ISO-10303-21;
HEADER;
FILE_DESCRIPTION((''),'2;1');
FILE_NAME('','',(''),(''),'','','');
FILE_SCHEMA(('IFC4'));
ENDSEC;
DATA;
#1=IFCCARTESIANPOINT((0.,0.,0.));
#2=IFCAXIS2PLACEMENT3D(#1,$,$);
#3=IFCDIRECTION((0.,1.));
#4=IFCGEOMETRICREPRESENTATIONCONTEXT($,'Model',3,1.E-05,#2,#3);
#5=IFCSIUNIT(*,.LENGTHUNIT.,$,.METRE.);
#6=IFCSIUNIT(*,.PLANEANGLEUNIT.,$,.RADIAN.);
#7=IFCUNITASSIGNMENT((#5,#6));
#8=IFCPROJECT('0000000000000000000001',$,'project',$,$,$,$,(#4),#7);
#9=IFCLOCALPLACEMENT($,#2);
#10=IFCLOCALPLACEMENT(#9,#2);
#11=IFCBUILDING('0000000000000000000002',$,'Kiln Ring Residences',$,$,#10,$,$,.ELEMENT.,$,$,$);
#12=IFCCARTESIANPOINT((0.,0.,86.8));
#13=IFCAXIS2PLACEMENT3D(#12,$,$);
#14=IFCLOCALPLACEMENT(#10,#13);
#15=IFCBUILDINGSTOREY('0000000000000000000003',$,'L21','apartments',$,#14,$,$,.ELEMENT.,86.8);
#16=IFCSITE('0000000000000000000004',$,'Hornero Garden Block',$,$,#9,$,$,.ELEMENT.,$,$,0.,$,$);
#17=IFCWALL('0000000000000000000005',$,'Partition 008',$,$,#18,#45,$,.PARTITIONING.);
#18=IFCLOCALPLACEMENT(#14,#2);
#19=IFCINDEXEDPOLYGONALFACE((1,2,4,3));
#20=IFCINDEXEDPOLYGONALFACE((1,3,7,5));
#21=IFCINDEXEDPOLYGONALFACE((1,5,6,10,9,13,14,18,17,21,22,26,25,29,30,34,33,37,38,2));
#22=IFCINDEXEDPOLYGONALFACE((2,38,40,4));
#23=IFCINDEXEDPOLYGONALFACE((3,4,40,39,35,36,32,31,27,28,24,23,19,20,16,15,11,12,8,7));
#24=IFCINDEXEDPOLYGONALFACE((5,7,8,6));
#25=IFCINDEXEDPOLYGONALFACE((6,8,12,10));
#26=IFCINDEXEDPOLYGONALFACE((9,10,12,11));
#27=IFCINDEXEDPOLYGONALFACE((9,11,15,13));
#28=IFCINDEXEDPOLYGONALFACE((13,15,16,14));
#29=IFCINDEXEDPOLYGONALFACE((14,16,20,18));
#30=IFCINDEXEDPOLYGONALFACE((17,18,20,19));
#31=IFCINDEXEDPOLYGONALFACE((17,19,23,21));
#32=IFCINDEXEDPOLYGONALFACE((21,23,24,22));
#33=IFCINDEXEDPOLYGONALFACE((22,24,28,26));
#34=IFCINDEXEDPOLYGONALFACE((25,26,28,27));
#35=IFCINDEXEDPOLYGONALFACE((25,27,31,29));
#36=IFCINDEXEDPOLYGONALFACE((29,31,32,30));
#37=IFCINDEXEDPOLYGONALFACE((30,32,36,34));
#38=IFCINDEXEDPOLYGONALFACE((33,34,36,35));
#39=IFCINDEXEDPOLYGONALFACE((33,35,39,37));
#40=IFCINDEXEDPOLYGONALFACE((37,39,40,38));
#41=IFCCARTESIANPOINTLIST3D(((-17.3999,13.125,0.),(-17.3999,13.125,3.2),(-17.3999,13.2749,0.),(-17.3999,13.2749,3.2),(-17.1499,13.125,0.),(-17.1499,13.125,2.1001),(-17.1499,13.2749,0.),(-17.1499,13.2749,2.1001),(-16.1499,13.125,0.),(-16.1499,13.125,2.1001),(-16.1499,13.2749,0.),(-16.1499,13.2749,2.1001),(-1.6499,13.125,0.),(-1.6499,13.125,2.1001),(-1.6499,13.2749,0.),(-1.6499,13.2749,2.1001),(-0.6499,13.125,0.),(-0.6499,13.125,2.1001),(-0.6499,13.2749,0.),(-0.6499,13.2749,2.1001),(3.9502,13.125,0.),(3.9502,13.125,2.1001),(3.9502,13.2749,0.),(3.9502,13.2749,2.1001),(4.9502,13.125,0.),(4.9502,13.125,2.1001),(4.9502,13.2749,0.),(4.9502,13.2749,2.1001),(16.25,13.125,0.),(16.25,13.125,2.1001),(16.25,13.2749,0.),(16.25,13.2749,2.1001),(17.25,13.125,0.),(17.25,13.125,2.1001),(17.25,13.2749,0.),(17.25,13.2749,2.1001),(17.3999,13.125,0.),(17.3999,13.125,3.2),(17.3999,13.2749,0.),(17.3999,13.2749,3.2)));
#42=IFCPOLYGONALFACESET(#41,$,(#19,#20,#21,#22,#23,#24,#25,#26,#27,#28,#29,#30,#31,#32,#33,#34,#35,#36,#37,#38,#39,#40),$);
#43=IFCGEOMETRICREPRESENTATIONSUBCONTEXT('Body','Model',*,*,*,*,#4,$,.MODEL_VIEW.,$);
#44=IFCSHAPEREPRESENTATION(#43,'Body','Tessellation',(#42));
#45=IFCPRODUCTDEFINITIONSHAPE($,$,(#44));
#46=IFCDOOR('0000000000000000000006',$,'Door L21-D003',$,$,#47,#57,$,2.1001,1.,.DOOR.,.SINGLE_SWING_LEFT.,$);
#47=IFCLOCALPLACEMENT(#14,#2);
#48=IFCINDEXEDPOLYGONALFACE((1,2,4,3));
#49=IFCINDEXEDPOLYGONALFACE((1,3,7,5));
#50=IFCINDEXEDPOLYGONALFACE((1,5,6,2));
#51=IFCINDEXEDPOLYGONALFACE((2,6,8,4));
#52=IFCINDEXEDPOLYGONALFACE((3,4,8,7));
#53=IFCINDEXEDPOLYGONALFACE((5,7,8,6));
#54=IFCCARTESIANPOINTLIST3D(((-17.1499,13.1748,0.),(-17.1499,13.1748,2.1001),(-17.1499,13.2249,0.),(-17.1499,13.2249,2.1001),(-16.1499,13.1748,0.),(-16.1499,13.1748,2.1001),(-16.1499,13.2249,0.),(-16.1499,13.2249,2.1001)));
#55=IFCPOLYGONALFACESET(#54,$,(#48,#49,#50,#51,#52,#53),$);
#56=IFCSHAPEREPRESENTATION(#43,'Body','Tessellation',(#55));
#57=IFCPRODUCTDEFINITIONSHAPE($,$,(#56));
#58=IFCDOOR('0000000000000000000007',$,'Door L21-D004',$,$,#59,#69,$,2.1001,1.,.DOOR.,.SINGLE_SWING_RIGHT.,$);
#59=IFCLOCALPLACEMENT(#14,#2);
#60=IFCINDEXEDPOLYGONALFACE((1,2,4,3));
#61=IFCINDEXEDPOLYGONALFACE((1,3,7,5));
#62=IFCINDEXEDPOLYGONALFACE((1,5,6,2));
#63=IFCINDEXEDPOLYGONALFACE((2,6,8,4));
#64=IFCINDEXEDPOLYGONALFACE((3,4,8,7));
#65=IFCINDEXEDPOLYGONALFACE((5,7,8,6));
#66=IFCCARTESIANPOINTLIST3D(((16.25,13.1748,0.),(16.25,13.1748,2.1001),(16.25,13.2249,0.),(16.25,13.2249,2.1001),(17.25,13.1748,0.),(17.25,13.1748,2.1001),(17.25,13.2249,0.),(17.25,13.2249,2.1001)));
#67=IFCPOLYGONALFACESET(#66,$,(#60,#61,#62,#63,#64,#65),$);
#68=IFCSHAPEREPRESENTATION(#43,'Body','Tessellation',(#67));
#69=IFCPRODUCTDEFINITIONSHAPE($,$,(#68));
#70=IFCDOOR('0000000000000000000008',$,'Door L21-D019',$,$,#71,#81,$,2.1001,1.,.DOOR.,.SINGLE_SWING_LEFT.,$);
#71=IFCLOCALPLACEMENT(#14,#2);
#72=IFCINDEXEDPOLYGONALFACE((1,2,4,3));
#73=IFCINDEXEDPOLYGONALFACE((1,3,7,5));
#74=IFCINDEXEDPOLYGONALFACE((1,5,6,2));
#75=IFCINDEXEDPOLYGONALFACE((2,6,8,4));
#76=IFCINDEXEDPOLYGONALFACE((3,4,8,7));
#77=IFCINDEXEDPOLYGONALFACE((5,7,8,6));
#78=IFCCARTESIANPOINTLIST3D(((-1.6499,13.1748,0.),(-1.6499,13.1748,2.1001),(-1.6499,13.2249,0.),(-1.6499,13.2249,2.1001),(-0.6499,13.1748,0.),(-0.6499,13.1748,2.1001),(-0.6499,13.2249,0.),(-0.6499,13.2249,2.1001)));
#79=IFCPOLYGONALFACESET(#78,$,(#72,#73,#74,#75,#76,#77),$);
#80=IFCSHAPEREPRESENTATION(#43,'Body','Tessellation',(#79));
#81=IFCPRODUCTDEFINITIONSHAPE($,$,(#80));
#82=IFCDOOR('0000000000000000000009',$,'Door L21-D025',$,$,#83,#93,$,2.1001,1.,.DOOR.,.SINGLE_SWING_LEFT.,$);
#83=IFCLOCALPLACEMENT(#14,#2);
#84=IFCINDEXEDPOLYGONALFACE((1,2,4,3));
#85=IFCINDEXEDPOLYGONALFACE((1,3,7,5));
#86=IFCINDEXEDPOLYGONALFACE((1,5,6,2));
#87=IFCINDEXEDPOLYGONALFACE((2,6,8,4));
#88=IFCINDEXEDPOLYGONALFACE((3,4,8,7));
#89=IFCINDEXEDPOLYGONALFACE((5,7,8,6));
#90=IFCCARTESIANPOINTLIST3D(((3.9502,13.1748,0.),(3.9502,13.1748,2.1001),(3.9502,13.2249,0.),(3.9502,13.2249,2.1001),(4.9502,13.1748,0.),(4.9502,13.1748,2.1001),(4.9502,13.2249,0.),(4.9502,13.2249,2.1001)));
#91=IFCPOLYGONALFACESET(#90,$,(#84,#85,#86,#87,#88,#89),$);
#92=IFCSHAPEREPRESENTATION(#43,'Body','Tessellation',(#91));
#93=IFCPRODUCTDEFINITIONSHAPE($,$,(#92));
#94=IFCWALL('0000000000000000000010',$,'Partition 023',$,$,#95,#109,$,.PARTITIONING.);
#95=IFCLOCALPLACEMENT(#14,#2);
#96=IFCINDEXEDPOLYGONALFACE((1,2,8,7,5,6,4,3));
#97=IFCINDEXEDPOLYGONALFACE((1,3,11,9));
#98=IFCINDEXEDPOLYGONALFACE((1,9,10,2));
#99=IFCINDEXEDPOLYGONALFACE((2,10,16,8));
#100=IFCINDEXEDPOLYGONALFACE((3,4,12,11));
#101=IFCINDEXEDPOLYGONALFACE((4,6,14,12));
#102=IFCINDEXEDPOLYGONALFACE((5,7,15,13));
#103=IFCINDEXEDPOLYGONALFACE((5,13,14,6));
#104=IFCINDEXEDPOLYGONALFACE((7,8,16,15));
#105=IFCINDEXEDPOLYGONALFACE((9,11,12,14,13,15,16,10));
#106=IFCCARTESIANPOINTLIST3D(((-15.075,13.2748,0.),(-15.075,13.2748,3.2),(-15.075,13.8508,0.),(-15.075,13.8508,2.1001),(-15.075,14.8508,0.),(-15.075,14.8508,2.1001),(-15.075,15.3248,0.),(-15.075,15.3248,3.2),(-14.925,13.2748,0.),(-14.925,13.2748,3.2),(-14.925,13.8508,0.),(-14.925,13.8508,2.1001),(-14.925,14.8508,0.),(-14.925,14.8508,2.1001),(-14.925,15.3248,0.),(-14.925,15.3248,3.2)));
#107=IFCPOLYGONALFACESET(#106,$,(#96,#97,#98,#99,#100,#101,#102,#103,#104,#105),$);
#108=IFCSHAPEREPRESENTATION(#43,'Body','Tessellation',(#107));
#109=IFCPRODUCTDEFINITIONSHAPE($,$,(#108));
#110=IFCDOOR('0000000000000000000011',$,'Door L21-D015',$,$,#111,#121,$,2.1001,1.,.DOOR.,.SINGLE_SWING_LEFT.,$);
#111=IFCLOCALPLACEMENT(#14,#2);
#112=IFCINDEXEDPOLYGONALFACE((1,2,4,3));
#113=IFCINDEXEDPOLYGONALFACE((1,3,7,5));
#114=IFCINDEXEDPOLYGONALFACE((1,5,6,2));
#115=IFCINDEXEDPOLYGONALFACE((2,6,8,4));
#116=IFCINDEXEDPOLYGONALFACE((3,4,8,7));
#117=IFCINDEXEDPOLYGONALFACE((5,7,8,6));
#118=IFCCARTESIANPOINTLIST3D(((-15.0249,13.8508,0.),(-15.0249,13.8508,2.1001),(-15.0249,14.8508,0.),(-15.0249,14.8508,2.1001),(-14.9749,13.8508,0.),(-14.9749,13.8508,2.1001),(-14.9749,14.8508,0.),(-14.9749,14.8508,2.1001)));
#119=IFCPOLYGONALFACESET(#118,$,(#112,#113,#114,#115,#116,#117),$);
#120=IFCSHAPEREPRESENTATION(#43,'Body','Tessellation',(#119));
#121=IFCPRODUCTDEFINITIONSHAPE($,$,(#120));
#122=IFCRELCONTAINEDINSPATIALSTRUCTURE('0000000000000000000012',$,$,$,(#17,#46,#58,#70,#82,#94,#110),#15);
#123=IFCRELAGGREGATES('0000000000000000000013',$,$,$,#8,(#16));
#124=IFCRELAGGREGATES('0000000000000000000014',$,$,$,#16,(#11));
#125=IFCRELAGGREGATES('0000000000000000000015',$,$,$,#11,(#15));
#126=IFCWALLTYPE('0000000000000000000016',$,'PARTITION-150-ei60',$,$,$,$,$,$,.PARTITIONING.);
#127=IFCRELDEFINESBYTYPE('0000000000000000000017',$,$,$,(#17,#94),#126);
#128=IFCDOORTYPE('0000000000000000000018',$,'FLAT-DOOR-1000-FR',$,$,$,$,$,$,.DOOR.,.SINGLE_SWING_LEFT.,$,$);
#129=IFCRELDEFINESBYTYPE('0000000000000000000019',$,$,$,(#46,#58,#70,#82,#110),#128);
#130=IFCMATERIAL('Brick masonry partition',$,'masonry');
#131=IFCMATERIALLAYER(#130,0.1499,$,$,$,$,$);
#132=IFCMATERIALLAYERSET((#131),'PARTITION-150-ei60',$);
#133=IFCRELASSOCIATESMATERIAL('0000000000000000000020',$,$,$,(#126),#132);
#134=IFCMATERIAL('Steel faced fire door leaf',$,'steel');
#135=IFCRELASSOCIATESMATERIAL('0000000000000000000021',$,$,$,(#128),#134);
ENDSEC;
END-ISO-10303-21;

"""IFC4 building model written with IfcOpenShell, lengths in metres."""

from ifc_helpers import new_model, si_unit, direction, frame, frame_2d, origin, place, context, subcontext, project, spatial, rectangle, extrude, material, layer, layer_set, type_object, element, fill, save


model = new_model("IFC4")

# Units and contexts
model_context = context("Model", 3, precision=1e-05, world=origin(), true_north=direction((0.0, 1.0)))
body_context = subcontext(model_context, "Body", "Model", "MODEL_VIEW")
ifc_project = project(units=[si_unit("LENGTHUNIT", "METRE"), si_unit("PLANEANGLEUNIT", "RADIAN")], contexts=[model_context])

# Site, building, storey
site_placement = place(None, origin())
site = spatial("IfcSite", under=ifc_project, at=site_placement, Name="Hornero Garden Block", CompositionType="ELEMENT", RefElevation=0.0)
building_placement = place(site_placement, origin())
building = spatial("IfcBuilding", under=site, at=building_placement, Name="Kiln Ring Residences", CompositionType="ELEMENT")
storey_placement = place(building_placement, frame((0.0, 0.0, 86.8)))
storey = spatial("IfcBuildingStorey", under=building, at=storey_placement, Name="L21", Description="apartments", CompositionType="ELEMENT", Elevation=86.8)

# Wall, openings, doors
ifc_material_1 = material(Name="Brick masonry partition", Category="masonry")
ifc_layer_1 = layer(ifc_material_1, 0.1499)
ifc_layer_set_1 = layer_set([ifc_layer_1], Name="PARTITION-150-ei60")
wall_type_1 = type_object("IfcWallType", Name="PARTITION-150-ei60", PredefinedType="PARTITIONING", material=ifc_layer_set_1)
ifc_material_2 = material(Name="Steel faced fire door leaf", Category="steel")
door_type = type_object("IfcDoorType", Name="FLAT-DOOR-1000-FR", OperationType="SINGLE_SWING_LEFT", PredefinedType="DOOR", material=ifc_material_2)
wall_1_placement = place(storey_placement, frame((-17.3999, 13.2, 0.0), z_axis=(0.0, 0.0, 1.0), x_axis=(1.0, 0.0, 0.0)))
wall_1 = element("IfcWall", 1, at=wall_1_placement, inside=storey, type_object=wall_type_1, Name="Partition 008", PredefinedType="PARTITIONING", context=body_context, shape_type="SweptSolid", body=[
    extrude(rectangle(XDim=34.7998, YDim=0.1499, at=frame_2d((17.3999, 0.0))), origin(), (0.0, 0.0, 1.0), 3.2),
])
opening_1_placement = place(wall_1_placement, frame((0.25, 0.0, 0.0)))
opening_1 = element("IfcOpeningElement", 2, at=opening_1_placement, cuts=wall_1, PredefinedType="OPENING", context=body_context, shape_type="SweptSolid", body=[
    extrude(rectangle(XDim=1.0, YDim=2.1001, at=frame_2d((0.5, 1.05))), frame((0.0, 0.085, 0.0), z_axis=(0.0, -1.0, 0.0), x_axis=(1.0, 0.0, 0.0)), (0.0, 0.0, 1.0), 0.1699),
])
opening_2_placement = place(wall_1_placement, frame((33.6499, 0.0, 0.0)))
opening_2 = element("IfcOpeningElement", 3, at=opening_2_placement, cuts=wall_1, PredefinedType="OPENING", context=body_context, shape_type="SweptSolid", body=[
    extrude(rectangle(XDim=1.0, YDim=2.1001, at=frame_2d((0.5, 1.05))), frame((0.0, 0.085, 0.0), z_axis=(0.0, -1.0, 0.0), x_axis=(1.0, 0.0, 0.0)), (0.0, 0.0, 1.0), 0.1699),
])
opening_3_placement = place(wall_1_placement, frame((15.75, 0.0, 0.0)))
opening_3 = element("IfcOpeningElement", 4, at=opening_3_placement, cuts=wall_1, PredefinedType="OPENING", context=body_context, shape_type="SweptSolid", body=[
    extrude(rectangle(XDim=1.0, YDim=2.1001, at=frame_2d((0.5, 1.05))), frame((0.0, 0.085, 0.0), z_axis=(0.0, -1.0, 0.0), x_axis=(1.0, 0.0, 0.0)), (0.0, 0.0, 1.0), 0.1699),
])
opening_4_placement = place(wall_1_placement, frame((21.3501, 0.0, 0.0)))
opening_4 = element("IfcOpeningElement", 5, at=opening_4_placement, cuts=wall_1, PredefinedType="OPENING", context=body_context, shape_type="SweptSolid", body=[
    extrude(rectangle(XDim=1.0, YDim=2.1001, at=frame_2d((0.5, 1.05))), frame((0.0, 0.085, 0.0), z_axis=(0.0, -1.0, 0.0), x_axis=(1.0, 0.0, 0.0)), (0.0, 0.0, 1.0), 0.1699),
])
door_1_placement = place(opening_1_placement, origin())
door_1 = element("IfcDoor", 6, at=door_1_placement, inside=storey, type_object=door_type, Name="Door L21-D003", OperationType="SINGLE_SWING_LEFT", OverallHeight=2.1001, OverallWidth=1.0, PredefinedType="DOOR", context=body_context, shape_type="SweptSolid", body=[
    extrude(rectangle(XDim=1.0, YDim=2.1001, at=frame_2d((0.5, 1.05))), frame((0.0, 0.0249, 0.0), z_axis=(0.0, -1.0, 0.0), x_axis=(1.0, 0.0, 0.0)), (0.0, 0.0, 1.0), 0.05),
])
fill(opening_1, door_1)
door_2_placement = place(opening_2_placement, origin())
door_2 = element("IfcDoor", 7, at=door_2_placement, inside=storey, type_object=door_type, Name="Door L21-D004", OperationType="SINGLE_SWING_RIGHT", OverallHeight=2.1001, OverallWidth=1.0, PredefinedType="DOOR", context=body_context, shape_type="SweptSolid", body=[
    extrude(rectangle(XDim=1.0, YDim=2.1001, at=frame_2d((0.5, 1.05))), frame((0.0, 0.0249, 0.0), z_axis=(0.0, -1.0, 0.0), x_axis=(1.0, 0.0, 0.0)), (0.0, 0.0, 1.0), 0.05),
])
fill(opening_2, door_2)
door_3_placement = place(opening_3_placement, origin())
door_3 = element("IfcDoor", 8, at=door_3_placement, inside=storey, type_object=door_type, Name="Door L21-D019", OperationType="SINGLE_SWING_LEFT", OverallHeight=2.1001, OverallWidth=1.0, PredefinedType="DOOR", context=body_context, shape_type="SweptSolid", body=[
    extrude(rectangle(XDim=1.0, YDim=2.1001, at=frame_2d((0.5, 1.05))), frame((0.0, 0.0249, 0.0), z_axis=(0.0, -1.0, 0.0), x_axis=(1.0, 0.0, 0.0)), (0.0, 0.0, 1.0), 0.05),
])
fill(opening_3, door_3)
door_4_placement = place(opening_4_placement, origin())
door_4 = element("IfcDoor", 9, at=door_4_placement, inside=storey, type_object=door_type, Name="Door L21-D025", OperationType="SINGLE_SWING_LEFT", OverallHeight=2.1001, OverallWidth=1.0, PredefinedType="DOOR", context=body_context, shape_type="SweptSolid", body=[
    extrude(rectangle(XDim=1.0, YDim=2.1001, at=frame_2d((0.5, 1.05))), frame((0.0, 0.0249, 0.0), z_axis=(0.0, -1.0, 0.0), x_axis=(1.0, 0.0, 0.0)), (0.0, 0.0, 1.0), 0.05),
])
fill(opening_4, door_4)

# Wall, opening, door
wall_2_placement = place(storey_placement, frame((-15.0, 13.2749, 0.0), z_axis=(0.0, 0.0, 1.0), x_axis=(0.0, 1.0, 0.0)))
wall_2 = element("IfcWall", 10, at=wall_2_placement, inside=storey, type_object=wall_type_1, Name="Partition 023", PredefinedType="PARTITIONING", context=body_context, shape_type="SweptSolid", body=[
    extrude(rectangle(XDim=2.05, YDim=0.1499, at=frame_2d((1.0249, 0.0))), origin(), (0.0, 0.0, 1.0), 3.2),
])
opening_5_placement = place(wall_2_placement, frame((0.5759, 0.0, 0.0)))
opening_5 = element("IfcOpeningElement", 11, at=opening_5_placement, cuts=wall_2, PredefinedType="OPENING", context=body_context, shape_type="SweptSolid", body=[
    extrude(rectangle(XDim=1.0, YDim=2.1001, at=frame_2d((0.5, 1.05))), frame((0.0, 0.085, 0.0), z_axis=(0.0, -1.0, 0.0), x_axis=(1.0, 0.0, 0.0)), (0.0, 0.0, 1.0), 0.1699),
])
door_5_placement = place(opening_5_placement, origin())
door_5 = element("IfcDoor", 12, at=door_5_placement, inside=storey, type_object=door_type, Name="Door L21-D015", OperationType="SINGLE_SWING_LEFT", OverallHeight=2.1001, OverallWidth=1.0, PredefinedType="DOOR", context=body_context, shape_type="SweptSolid", body=[
    extrude(rectangle(XDim=1.0, YDim=2.1001, at=frame_2d((0.5, 1.05))), frame((0.0, 0.0249, 0.0), z_axis=(0.0, -1.0, 0.0), x_axis=(1.0, 0.0, 0.0)), (0.0, 0.0, 1.0), 0.05),
])
fill(opening_5, door_5)

save(model, "model.ifc")
